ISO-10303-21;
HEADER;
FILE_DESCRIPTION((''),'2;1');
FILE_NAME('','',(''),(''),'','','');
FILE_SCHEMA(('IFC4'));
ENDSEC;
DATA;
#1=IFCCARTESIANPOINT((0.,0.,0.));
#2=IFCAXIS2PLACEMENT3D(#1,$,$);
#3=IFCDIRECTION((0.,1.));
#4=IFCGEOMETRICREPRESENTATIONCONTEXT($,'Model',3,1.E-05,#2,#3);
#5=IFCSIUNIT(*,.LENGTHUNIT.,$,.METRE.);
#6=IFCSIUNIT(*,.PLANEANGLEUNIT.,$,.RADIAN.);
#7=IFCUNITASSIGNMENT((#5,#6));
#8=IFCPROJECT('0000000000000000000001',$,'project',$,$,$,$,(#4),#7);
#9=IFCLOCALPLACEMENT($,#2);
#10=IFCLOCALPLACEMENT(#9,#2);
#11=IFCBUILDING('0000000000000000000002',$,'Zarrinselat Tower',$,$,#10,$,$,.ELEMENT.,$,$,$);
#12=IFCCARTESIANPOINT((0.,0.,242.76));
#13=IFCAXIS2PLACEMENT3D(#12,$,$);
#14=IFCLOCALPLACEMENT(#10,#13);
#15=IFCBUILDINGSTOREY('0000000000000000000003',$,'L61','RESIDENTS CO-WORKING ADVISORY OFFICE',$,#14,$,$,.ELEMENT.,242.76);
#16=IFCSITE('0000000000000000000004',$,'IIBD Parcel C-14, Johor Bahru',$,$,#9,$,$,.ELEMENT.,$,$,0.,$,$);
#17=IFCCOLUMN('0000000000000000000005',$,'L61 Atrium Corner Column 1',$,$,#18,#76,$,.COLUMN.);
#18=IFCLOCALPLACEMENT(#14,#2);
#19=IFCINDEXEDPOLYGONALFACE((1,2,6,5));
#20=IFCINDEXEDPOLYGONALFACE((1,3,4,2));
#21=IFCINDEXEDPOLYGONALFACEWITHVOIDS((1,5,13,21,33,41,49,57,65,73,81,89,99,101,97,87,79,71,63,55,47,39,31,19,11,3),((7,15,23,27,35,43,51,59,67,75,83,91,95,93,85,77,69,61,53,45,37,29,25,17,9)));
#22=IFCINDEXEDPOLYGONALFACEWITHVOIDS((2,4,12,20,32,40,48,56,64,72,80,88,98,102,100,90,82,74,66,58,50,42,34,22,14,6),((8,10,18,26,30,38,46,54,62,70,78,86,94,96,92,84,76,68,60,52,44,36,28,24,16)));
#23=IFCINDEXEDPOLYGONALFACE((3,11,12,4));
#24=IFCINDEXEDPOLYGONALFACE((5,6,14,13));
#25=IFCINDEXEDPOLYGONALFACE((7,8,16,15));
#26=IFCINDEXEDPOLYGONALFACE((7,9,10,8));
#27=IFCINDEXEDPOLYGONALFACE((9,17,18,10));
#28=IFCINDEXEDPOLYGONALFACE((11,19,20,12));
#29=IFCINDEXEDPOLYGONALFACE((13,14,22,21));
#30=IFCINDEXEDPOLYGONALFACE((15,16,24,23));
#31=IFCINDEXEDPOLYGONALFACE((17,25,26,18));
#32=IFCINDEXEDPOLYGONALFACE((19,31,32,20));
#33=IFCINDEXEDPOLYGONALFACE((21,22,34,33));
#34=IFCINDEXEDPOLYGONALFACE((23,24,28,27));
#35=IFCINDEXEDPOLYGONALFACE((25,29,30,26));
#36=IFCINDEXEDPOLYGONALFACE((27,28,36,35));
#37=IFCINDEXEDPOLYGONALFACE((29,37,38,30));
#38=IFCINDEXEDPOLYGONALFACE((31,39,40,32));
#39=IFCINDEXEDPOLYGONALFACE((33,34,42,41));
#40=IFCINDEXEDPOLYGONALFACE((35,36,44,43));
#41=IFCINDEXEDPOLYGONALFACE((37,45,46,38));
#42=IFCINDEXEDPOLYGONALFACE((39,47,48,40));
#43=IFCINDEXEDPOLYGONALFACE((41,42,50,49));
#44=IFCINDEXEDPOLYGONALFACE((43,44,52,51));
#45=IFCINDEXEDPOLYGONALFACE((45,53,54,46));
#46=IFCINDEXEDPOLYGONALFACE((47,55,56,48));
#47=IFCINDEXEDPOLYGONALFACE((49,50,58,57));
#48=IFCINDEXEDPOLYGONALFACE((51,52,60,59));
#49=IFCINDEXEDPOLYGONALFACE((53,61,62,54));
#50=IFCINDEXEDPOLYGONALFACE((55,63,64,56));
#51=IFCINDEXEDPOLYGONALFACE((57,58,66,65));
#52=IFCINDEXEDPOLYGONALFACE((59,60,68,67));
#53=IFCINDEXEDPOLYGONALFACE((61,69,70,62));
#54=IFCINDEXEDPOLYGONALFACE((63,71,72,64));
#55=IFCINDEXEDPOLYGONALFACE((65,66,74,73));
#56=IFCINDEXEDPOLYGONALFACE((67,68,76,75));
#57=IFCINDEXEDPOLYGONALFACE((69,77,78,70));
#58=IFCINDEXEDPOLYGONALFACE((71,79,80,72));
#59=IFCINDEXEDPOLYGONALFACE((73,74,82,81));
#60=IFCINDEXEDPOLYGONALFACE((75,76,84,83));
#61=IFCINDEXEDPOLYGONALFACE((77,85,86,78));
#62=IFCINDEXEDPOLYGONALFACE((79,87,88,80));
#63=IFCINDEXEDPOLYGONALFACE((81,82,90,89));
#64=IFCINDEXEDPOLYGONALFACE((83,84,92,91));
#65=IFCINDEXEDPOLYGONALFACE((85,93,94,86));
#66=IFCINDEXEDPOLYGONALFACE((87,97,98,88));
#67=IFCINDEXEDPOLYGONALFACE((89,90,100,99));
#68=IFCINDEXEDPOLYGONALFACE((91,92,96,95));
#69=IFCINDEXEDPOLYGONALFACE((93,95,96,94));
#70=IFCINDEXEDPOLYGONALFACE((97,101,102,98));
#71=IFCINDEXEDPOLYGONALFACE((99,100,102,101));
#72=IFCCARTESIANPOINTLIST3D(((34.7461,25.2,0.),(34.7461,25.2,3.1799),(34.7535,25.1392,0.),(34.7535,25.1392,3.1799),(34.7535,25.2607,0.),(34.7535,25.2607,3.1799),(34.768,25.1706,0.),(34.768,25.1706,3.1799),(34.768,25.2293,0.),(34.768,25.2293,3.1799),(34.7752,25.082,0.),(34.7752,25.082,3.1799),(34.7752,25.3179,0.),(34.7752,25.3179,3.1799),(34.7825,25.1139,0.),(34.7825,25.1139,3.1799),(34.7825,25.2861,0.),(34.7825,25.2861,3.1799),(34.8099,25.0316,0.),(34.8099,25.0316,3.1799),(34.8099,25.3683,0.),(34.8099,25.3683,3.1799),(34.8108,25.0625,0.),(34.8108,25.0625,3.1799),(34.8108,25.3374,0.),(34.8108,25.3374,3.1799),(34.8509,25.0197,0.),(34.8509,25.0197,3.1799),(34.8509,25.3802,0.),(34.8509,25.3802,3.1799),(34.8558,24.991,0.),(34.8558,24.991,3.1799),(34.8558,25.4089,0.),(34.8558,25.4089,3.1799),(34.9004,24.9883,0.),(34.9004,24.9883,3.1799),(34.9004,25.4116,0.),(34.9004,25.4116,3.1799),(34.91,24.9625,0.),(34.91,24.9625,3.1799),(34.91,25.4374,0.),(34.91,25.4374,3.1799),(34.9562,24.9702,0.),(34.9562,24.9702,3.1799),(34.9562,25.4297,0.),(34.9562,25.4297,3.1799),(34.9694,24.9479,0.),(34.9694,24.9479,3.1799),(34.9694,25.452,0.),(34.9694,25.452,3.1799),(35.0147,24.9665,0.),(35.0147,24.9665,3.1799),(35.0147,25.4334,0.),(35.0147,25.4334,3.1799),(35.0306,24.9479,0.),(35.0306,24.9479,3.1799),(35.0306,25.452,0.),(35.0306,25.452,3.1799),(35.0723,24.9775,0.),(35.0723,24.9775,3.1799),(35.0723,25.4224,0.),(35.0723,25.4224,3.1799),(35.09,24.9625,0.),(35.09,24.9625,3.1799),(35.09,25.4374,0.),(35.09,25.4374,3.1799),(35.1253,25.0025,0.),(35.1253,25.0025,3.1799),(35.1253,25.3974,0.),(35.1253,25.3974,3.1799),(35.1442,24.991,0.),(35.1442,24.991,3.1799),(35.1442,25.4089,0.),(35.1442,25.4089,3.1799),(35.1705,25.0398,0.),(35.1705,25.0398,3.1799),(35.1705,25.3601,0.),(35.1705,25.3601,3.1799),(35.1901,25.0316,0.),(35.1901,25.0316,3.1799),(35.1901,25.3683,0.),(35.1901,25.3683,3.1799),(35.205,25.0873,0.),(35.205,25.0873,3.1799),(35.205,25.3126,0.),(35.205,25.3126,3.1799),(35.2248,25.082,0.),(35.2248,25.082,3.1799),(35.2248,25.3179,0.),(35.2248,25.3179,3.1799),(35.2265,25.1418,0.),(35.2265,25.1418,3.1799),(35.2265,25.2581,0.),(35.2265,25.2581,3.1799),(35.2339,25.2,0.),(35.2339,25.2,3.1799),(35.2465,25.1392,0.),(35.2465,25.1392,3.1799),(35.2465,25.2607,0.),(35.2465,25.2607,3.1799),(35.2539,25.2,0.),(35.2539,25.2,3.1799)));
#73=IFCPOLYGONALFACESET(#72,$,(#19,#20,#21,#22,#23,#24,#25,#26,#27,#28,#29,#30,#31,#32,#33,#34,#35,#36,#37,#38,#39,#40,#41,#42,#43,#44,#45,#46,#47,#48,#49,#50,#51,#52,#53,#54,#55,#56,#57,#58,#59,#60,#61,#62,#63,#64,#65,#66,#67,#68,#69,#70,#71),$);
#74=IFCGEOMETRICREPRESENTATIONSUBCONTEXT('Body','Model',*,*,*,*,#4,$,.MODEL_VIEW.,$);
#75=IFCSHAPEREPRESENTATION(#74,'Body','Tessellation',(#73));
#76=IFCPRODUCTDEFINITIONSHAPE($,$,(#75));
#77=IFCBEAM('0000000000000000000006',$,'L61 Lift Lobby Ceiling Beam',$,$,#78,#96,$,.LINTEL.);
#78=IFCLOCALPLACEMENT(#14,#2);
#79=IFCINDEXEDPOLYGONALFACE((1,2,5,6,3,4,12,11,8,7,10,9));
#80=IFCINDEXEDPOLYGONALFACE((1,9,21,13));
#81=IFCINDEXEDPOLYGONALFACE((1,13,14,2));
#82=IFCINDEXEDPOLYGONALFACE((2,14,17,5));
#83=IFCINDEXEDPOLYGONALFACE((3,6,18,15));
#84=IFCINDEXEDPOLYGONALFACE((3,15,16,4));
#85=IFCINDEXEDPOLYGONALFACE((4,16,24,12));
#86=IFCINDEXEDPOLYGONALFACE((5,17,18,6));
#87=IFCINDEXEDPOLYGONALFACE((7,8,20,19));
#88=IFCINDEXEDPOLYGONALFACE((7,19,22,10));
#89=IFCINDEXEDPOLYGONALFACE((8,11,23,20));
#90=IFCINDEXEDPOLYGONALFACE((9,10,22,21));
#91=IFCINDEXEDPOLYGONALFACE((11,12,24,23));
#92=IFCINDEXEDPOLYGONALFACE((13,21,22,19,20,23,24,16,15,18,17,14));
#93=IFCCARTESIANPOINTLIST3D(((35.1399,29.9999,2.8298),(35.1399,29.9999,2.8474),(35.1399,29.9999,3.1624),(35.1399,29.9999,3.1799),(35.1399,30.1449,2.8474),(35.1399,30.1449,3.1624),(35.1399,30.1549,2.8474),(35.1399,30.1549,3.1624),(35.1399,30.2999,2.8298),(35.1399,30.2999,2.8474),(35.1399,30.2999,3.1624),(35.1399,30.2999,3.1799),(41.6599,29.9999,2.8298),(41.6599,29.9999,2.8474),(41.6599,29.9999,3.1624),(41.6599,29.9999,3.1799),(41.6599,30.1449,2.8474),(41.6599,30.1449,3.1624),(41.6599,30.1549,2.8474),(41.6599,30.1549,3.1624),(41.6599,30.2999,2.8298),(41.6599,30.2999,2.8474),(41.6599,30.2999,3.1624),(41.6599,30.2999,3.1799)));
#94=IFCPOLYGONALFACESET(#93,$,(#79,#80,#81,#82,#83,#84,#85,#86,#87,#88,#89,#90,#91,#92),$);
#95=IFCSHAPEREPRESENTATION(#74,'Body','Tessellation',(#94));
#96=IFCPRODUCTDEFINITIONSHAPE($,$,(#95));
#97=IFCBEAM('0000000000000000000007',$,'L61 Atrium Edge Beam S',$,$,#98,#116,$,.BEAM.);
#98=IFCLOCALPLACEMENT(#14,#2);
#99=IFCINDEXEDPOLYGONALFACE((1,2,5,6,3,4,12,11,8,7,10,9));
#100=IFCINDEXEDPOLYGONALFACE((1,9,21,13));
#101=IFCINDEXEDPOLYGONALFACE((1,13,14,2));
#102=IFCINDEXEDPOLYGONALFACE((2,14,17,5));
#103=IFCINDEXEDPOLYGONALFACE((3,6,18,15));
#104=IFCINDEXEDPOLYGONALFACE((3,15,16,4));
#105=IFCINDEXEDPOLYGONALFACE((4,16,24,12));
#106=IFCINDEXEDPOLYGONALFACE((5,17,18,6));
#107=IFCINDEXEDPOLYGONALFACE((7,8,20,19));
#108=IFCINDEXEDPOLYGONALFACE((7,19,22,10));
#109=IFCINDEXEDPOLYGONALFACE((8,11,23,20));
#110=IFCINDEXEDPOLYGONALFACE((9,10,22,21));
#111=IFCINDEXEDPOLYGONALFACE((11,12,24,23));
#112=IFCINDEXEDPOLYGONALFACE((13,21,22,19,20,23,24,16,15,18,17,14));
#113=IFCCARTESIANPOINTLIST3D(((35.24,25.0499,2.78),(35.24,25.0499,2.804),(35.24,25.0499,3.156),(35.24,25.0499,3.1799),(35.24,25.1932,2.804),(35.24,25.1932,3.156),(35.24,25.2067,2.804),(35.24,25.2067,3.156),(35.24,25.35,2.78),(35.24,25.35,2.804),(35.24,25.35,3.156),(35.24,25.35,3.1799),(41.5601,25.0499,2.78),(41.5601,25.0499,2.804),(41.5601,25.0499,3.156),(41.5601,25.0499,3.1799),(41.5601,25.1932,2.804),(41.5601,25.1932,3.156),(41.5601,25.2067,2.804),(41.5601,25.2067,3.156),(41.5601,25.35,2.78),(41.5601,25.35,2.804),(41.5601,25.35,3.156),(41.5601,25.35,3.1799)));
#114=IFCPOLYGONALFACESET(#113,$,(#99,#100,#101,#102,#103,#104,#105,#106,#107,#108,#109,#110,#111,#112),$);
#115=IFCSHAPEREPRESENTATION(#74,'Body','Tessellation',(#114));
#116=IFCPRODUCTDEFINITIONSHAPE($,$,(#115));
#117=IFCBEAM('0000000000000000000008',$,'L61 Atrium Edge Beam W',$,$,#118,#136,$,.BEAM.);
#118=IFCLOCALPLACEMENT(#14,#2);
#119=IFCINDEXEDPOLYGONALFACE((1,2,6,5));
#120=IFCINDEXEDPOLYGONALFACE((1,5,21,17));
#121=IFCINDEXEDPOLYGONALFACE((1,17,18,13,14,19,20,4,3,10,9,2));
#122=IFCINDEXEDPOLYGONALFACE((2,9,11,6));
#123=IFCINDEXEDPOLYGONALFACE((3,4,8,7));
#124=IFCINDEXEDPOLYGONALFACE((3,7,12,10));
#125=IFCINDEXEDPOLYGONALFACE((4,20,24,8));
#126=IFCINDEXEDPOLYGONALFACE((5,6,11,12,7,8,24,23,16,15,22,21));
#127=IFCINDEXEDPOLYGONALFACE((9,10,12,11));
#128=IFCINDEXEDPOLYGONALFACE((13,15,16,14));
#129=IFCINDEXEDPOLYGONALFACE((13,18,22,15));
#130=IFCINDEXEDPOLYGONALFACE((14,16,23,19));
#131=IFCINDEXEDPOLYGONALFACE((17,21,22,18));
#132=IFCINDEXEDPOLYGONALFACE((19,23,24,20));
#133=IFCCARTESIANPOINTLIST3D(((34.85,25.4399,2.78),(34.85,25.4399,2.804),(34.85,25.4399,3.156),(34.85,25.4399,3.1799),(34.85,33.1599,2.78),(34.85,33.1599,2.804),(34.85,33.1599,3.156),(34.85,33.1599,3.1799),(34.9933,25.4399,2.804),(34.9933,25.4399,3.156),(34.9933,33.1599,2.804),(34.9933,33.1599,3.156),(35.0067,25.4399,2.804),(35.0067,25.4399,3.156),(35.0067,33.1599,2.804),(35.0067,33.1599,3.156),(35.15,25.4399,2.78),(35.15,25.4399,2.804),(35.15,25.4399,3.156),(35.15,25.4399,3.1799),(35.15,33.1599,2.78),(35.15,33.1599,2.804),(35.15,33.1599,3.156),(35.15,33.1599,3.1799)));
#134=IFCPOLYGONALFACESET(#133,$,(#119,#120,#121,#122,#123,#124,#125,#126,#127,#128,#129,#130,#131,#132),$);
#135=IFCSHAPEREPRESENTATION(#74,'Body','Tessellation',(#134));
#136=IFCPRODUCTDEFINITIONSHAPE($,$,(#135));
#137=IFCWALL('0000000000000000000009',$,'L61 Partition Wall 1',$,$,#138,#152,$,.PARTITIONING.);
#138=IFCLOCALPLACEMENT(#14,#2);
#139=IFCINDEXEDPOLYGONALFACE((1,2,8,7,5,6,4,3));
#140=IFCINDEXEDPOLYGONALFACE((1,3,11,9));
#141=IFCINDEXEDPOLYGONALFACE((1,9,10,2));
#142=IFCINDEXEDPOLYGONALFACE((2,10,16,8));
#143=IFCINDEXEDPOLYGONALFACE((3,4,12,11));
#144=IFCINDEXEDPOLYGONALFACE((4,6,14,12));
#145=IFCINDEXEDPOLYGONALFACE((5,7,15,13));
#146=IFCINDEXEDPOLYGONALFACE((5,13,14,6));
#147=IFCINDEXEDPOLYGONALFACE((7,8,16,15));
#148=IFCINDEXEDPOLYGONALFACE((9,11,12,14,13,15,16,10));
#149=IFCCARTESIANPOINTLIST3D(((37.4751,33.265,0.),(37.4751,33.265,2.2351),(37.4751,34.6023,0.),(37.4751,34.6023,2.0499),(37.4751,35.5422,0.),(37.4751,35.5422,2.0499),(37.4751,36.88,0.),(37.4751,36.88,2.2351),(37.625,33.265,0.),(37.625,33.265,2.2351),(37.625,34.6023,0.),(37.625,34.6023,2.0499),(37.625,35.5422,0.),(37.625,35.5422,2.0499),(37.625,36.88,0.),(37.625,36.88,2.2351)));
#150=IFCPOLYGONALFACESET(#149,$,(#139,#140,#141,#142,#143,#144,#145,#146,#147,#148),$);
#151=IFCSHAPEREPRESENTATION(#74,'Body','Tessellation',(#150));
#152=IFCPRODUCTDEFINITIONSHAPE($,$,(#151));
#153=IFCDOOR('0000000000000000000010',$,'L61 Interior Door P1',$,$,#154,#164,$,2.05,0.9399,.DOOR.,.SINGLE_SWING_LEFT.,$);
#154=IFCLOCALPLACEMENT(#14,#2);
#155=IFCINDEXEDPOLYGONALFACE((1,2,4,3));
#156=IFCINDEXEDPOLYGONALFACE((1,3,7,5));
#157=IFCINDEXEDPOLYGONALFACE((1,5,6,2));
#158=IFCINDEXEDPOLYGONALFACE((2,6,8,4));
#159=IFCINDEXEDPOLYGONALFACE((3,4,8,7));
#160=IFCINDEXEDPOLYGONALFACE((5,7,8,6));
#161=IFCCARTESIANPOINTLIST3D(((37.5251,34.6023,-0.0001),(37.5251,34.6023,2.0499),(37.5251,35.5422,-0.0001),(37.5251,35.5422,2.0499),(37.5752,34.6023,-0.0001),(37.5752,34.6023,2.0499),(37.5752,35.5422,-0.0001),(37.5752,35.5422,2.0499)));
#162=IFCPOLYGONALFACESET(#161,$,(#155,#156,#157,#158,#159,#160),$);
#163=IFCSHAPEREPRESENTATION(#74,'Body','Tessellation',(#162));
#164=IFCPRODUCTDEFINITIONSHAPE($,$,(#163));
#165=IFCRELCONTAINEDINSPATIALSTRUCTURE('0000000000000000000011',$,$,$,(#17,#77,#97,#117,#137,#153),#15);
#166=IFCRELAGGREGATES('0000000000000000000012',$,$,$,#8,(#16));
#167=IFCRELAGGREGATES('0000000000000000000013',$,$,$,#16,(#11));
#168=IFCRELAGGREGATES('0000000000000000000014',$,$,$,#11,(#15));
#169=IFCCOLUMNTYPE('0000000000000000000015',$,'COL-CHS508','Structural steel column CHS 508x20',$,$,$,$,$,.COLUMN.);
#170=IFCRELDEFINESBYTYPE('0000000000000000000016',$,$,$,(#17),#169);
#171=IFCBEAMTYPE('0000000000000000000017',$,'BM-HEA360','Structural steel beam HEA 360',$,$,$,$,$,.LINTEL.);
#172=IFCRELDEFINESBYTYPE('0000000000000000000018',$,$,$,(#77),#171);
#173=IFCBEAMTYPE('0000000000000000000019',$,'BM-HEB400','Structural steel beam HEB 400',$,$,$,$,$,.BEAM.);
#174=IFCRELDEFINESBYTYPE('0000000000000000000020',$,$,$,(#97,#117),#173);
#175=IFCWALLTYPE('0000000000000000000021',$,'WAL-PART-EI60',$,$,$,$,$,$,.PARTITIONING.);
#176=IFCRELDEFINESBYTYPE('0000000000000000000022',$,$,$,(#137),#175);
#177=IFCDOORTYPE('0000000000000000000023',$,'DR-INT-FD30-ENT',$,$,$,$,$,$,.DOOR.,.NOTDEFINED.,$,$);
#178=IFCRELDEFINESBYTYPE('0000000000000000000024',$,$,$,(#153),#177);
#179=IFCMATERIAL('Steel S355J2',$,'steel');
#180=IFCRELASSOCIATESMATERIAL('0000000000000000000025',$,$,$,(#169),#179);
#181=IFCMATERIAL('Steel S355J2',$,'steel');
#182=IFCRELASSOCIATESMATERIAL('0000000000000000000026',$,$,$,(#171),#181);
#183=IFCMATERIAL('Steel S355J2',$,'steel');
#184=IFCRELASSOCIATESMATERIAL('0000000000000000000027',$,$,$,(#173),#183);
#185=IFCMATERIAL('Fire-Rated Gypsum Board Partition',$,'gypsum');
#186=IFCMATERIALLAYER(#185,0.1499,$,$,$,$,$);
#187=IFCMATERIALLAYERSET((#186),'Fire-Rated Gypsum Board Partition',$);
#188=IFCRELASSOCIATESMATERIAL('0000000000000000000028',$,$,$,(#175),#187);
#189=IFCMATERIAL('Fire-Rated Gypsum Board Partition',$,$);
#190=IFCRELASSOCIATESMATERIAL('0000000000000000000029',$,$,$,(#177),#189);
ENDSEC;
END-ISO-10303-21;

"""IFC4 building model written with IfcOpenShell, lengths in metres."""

from ifc_helpers import new_model, si_unit, direction, frame, frame_2d, origin, origin_2d, place, context, subcontext, project, spatial, rectangle, hollow_circle, i_section, extrude, material, layer, layer_set, material_profile, profile_set, type_object, element, fill, save


model = new_model("IFC4")

# Units and contexts
model_context = context("Model", 3, precision=1e-05, world=origin(), true_north=direction((0.0, 1.0)))
body_context = subcontext(model_context, "Body", "Model", "MODEL_VIEW")
ifc_project = project(units=[si_unit("LENGTHUNIT", "METRE"), si_unit("PLANEANGLEUNIT", "RADIAN")], contexts=[model_context])

# Site, building, storey
site_placement = place(None, origin())
site = spatial("IfcSite", under=ifc_project, at=site_placement, Name="IIBD Parcel C-14, Johor Bahru", CompositionType="ELEMENT", RefElevation=0.0)
building_placement = place(site_placement, origin())
building = spatial("IfcBuilding", under=site, at=building_placement, Name="Zarrinselat Tower", CompositionType="ELEMENT")
storey_placement = place(building_placement, frame((0.0, 0.0, 242.76)))
storey = spatial("IfcBuildingStorey", under=building, at=storey_placement, Name="L61", Description="RESIDENTS CO-WORKING ADVISORY OFFICE", CompositionType="ELEMENT", Elevation=242.76)

# Column
ifc_material_1 = material(Name="Steel S355J2", Category="steel")
ifc_material_profile_1 = material_profile(ifc_material_1, hollow_circle(Radius=0.2539, WallThickness=0.02, at=origin_2d()), Name="CHS 508x20")
ifc_profile_set_1 = profile_set([ifc_material_profile_1], Name="Steel S355J2")
column_type = type_object("IfcColumnType", Name="COL-CHS508", Description="Structural steel column CHS 508x20", PredefinedType="COLUMN", material=ifc_profile_set_1)
column_placement = place(storey_placement, frame((35.0, 25.2, 0.0), z_axis=(0.0, 0.0, 1.0), x_axis=(1.0, 0.0, 0.0)))
element("IfcColumn", 1, at=column_placement, inside=storey, type_object=column_type, Name="L61 Atrium Corner Column 1", PredefinedType="COLUMN", context=body_context, shape_type="SweptSolid", body=[
    extrude(hollow_circle(Radius=0.2539, WallThickness=0.02, at=origin_2d()), origin(), (0.0, 0.0, 1.0), 3.1799),
])

# Beams
ifc_material_2 = material(Name="Steel S355J2", Category="steel")
ifc_material_profile_2 = material_profile(ifc_material_2, i_section(OverallWidth=0.3, OverallDepth=0.3501, WebThickness=0.01, FlangeThickness=0.0176, at=origin_2d()), Name="HEA 360")
ifc_profile_set_2 = profile_set([ifc_material_profile_2], Name="Steel S355J2")
beam_type_1 = type_object("IfcBeamType", Name="BM-HEA360", Description="Structural steel beam HEA 360", PredefinedType="LINTEL", material=ifc_profile_set_2)
beam_1_placement = place(storey_placement, frame((35.1399, 30.1499, 3.0049), z_axis=(1.0, 0.0, 0.0), x_axis=(0.0, 1.0, 0.0)))
element("IfcBeam", 2, at=beam_1_placement, inside=storey, type_object=beam_type_1, Name="L61 Lift Lobby Ceiling Beam", PredefinedType="LINTEL", context=body_context, shape_type="SweptSolid", body=[
    extrude(i_section(OverallWidth=0.3, OverallDepth=0.3501, WebThickness=0.01, FlangeThickness=0.0176, at=origin_2d()), origin(), (0.0, 0.0, 1.0), 6.52),
])
ifc_material_3 = material(Name="Steel S355J2", Category="steel")
ifc_material_profile_3 = material_profile(ifc_material_3, i_section(OverallWidth=0.3, OverallDepth=0.3999, WebThickness=0.0134, FlangeThickness=0.0239, at=origin_2d()), Name="HEB 400")
ifc_profile_set_3 = profile_set([ifc_material_profile_3], Name="Steel S355J2")
beam_type_2 = type_object("IfcBeamType", Name="BM-HEB400", Description="Structural steel beam HEB 400", PredefinedType="BEAM", material=ifc_profile_set_3)
beam_2_placement = place(storey_placement, frame((35.24, 25.2, 2.98), z_axis=(1.0, 0.0, 0.0), x_axis=(0.0, 1.0, 0.0)))
element("IfcBeam", 3, at=beam_2_placement, inside=storey, type_object=beam_type_2, Name="L61 Atrium Edge Beam S", PredefinedType="BEAM", context=body_context, shape_type="SweptSolid", body=[
    extrude(i_section(OverallWidth=0.3, OverallDepth=0.3999, WebThickness=0.0134, FlangeThickness=0.0239, at=origin_2d()), origin(), (0.0, 0.0, 1.0), 6.3201),
])
beam_3_placement = place(storey_placement, frame((35.0, 25.4399, 2.98), z_axis=(0.0, 1.0, 0.0), x_axis=(-1.0, 0.0, 0.0)))
element("IfcBeam", 4, at=beam_3_placement, inside=storey, type_object=beam_type_2, Name="L61 Atrium Edge Beam W", PredefinedType="BEAM", context=body_context, shape_type="SweptSolid", body=[
    extrude(i_section(OverallWidth=0.3, OverallDepth=0.3999, WebThickness=0.0134, FlangeThickness=0.0239, at=origin_2d()), origin(), (0.0, 0.0, 1.0), 7.72),
])

# Wall, opening, door
ifc_material_4 = material(Name="Fire-Rated Gypsum Board Partition", Category="gypsum")
ifc_layer_1 = layer(ifc_material_4, 0.1499)
ifc_layer_set_1 = layer_set([ifc_layer_1], Name="Fire-Rated Gypsum Board Partition")
wall_type_1 = type_object("IfcWallType", Name="WAL-PART-EI60", PredefinedType="PARTITIONING", material=ifc_layer_set_1)
wall_1_placement = place(storey_placement, frame((37.55, 33.2649, 0.0), z_axis=(0.0, 0.0, 1.0), x_axis=(0.0, 1.0, 0.0)))
wall_1 = element("IfcWall", 5, at=wall_1_placement, inside=storey, type_object=wall_type_1, Name="L61 Partition Wall 1", PredefinedType="PARTITIONING", context=body_context, shape_type="SweptSolid", body=[
    extrude(rectangle(XDim=3.615, YDim=0.1499, at=frame_2d((1.8076, 0.0))), origin(), (0.0, 0.0, 1.0), 2.2351),
])
opening_1_placement = place(wall_1_placement, frame((1.3374, 0.0, 0.0)))
opening_1 = element("IfcOpeningElement", 6, at=opening_1_placement, cuts=wall_1, PredefinedType="OPENING", context=body_context, shape_type="SweptSolid", body=[
    extrude(rectangle(XDim=0.9399, YDim=2.05, at=frame_2d((0.47, 1.0249))), frame((0.0, 0.085, 0.0), z_axis=(0.0, -1.0, 0.0), x_axis=(1.0, 0.0, 0.0)), (0.0, 0.0, 1.0), 0.1699),
])
ifc_material_5 = material(Name="Fire-Rated Gypsum Board Partition")
door_type_1 = type_object("IfcDoorType", Name="DR-INT-FD30-ENT", OperationType="NOTDEFINED", PredefinedType="DOOR", material=ifc_material_5)
door_1_placement = place(opening_1_placement, origin())
door_1 = element("IfcDoor", 7, at=door_1_placement, inside=storey, type_object=door_type_1, Name="L61 Interior Door P1", OperationType="SINGLE_SWING_LEFT", OverallHeight=2.05, OverallWidth=0.9399, PredefinedType="DOOR", context=body_context, shape_type="SweptSolid", body=[
    extrude(rectangle(XDim=0.9399, YDim=2.05, at=frame_2d((0.47, 1.0249))), frame((0.0, 0.0249, 0.0), z_axis=(0.0, -1.0, 0.0), x_axis=(1.0, 0.0, 0.0)), (0.0, 0.0, 1.0), 0.05),
])
fill(opening_1, door_1)

save(model, "model.ifc")
